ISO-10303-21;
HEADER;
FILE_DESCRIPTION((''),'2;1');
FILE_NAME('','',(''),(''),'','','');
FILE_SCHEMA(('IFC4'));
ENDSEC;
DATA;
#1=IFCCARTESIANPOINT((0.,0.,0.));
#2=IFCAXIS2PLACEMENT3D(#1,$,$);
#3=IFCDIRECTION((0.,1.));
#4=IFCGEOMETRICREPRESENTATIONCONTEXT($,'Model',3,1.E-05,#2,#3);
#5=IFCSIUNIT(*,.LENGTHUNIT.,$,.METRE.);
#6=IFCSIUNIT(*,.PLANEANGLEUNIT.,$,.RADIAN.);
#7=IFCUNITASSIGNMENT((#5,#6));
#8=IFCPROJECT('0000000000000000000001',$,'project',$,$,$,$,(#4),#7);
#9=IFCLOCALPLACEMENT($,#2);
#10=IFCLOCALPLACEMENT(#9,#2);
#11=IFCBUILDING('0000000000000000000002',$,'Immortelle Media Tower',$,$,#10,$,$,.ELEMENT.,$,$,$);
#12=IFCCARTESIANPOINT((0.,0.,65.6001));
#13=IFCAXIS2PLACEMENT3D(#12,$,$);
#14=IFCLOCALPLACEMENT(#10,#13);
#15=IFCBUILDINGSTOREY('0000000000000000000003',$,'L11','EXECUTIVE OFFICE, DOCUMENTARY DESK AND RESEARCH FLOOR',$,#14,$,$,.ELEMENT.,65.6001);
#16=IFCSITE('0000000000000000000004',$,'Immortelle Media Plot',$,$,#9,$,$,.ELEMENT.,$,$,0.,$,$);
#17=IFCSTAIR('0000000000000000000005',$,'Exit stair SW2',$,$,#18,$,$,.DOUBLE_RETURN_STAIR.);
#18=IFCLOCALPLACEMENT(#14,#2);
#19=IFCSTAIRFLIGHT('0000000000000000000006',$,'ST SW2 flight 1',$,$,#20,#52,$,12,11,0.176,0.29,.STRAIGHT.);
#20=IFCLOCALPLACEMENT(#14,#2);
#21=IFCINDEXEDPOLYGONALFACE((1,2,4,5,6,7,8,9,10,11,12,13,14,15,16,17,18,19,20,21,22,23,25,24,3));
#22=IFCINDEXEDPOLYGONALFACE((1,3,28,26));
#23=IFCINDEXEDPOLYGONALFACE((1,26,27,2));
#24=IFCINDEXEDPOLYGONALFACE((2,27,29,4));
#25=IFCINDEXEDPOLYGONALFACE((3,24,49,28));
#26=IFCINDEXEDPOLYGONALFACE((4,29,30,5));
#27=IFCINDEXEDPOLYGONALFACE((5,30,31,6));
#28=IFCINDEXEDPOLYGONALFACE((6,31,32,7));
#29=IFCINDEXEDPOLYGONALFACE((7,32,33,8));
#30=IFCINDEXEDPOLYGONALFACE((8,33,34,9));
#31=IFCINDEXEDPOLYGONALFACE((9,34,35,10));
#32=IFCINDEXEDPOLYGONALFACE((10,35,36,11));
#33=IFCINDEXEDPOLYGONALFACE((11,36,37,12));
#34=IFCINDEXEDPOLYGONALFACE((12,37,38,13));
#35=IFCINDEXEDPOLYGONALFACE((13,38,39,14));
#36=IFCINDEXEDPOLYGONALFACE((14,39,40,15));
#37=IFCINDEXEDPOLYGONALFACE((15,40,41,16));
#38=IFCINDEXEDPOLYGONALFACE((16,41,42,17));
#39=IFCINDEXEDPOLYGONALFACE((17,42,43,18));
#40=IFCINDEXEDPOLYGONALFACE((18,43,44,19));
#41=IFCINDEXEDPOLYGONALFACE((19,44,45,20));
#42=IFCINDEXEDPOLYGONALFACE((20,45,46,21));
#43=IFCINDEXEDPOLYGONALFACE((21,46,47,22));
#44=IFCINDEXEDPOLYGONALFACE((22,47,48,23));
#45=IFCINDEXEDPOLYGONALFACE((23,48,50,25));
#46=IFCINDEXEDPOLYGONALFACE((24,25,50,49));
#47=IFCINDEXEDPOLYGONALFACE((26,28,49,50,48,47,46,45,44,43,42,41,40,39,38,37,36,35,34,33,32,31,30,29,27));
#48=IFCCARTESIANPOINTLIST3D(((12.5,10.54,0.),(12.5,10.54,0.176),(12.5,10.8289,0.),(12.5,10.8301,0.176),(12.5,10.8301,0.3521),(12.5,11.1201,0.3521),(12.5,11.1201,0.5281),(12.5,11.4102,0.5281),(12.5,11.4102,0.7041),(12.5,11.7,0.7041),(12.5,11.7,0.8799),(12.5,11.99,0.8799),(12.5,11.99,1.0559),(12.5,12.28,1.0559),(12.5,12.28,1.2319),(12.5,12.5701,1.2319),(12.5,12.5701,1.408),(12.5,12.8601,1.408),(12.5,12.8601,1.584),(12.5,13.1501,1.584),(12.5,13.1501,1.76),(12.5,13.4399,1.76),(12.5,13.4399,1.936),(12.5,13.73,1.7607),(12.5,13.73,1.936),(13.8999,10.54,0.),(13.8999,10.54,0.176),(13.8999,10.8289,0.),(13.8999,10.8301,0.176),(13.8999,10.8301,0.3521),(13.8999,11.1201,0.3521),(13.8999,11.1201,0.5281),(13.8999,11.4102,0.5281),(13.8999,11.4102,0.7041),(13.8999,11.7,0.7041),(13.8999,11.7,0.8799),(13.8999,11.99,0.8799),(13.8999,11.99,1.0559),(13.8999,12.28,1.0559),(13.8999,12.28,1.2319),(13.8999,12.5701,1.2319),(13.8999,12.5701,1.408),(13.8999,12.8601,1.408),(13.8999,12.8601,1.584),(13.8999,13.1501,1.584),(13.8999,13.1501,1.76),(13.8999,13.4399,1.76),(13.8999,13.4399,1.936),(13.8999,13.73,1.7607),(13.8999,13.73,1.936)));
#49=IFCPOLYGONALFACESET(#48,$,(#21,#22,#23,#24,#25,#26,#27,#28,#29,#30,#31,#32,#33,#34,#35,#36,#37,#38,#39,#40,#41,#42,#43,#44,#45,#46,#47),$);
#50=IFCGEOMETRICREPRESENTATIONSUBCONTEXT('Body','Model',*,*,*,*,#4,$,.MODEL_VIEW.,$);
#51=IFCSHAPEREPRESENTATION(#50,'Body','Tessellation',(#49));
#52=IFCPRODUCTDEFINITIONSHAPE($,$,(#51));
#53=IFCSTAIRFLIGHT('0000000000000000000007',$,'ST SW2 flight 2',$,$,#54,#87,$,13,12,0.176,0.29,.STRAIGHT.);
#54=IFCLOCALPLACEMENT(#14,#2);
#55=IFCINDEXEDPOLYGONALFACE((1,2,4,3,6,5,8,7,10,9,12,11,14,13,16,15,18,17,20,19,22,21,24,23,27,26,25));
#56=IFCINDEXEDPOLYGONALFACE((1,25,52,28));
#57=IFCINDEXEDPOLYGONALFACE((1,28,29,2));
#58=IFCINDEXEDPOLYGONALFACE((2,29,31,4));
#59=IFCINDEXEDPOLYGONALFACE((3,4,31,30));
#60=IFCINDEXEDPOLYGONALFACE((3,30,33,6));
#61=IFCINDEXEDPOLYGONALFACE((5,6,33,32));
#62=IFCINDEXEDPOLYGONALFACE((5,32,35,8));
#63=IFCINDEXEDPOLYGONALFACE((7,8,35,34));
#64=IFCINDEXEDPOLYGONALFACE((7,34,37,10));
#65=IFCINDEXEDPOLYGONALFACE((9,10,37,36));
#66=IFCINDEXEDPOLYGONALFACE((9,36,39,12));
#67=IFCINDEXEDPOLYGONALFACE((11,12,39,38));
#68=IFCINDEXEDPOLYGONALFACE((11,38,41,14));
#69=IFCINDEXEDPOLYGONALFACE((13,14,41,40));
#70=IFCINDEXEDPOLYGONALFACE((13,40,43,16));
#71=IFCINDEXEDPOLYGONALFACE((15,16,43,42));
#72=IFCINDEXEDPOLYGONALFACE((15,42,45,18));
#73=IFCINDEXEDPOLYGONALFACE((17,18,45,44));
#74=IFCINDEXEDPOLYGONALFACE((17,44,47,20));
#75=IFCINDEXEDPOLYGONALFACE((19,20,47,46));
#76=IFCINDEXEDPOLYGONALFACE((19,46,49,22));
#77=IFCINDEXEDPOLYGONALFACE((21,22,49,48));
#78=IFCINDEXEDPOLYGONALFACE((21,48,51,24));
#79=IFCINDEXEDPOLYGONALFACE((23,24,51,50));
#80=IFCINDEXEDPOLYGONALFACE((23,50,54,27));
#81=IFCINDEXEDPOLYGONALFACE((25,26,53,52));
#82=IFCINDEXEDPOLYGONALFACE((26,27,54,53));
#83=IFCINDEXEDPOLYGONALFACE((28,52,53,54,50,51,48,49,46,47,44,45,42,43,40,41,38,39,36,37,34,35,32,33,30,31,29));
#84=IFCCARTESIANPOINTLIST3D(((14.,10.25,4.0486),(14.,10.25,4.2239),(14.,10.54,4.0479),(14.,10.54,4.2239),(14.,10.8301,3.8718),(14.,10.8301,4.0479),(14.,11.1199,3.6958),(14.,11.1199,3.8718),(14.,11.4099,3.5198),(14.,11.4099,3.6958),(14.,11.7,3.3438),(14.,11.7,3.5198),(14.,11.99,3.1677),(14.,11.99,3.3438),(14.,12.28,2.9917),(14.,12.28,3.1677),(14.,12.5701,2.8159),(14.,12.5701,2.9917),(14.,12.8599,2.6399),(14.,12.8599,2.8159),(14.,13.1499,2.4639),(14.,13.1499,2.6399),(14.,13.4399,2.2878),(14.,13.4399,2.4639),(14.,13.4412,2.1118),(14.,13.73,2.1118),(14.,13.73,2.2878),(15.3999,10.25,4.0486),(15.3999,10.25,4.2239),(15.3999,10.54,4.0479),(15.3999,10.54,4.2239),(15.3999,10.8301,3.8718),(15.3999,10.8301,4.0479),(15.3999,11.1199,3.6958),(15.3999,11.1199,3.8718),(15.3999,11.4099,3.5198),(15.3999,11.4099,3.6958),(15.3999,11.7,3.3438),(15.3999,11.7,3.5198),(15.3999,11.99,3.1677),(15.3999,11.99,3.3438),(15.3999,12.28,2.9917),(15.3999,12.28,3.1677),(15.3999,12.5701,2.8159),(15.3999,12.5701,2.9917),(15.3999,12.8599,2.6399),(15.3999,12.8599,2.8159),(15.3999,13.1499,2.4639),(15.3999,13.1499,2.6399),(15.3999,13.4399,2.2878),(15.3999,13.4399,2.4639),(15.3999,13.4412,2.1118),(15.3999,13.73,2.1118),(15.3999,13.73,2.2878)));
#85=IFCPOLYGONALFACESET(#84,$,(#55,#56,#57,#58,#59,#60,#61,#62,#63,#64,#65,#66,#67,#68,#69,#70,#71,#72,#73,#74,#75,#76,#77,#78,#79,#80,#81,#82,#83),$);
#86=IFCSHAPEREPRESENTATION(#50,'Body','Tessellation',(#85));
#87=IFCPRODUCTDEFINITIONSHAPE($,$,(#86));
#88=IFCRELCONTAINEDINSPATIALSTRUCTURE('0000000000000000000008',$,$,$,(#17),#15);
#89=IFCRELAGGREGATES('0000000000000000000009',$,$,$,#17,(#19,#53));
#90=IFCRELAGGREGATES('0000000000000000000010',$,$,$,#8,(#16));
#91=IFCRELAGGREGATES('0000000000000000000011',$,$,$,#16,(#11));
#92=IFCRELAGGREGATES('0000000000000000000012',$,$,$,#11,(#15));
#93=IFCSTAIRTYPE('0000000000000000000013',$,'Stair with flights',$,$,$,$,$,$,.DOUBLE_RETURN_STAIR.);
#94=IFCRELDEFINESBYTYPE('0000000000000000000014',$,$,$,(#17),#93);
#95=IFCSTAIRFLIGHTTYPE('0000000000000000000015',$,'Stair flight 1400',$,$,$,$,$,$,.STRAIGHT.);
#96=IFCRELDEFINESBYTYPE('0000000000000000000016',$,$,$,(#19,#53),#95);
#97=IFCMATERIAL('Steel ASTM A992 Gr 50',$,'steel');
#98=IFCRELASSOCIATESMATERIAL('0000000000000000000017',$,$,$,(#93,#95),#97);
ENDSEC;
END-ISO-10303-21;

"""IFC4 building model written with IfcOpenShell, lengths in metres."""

from ifc_helpers import new_model, si_unit, direction, frame, origin, place, context, subcontext, project, spatial, polyline, outline, extrude, material, type_object, element, aggregate, save


model = new_model("IFC4")

# Units and contexts
model_context = context("Model", 3, precision=1e-05, world=origin(), true_north=direction((0.0, 1.0)))
body_context = subcontext(model_context, "Body", "Model", "MODEL_VIEW")
ifc_project = project(units=[si_unit("LENGTHUNIT", "METRE"), si_unit("PLANEANGLEUNIT", "RADIAN")], contexts=[model_context])

# Site, building, storey
site_placement = place(None, origin())
site = spatial("IfcSite", under=ifc_project, at=site_placement, Name="Immortelle Media Plot", CompositionType="ELEMENT", RefElevation=0.0)
building_placement = place(site_placement, origin())
building = spatial("IfcBuilding", under=site, at=building_placement, Name="Immortelle Media Tower", CompositionType="ELEMENT")
storey_placement = place(building_placement, frame((0.0, 0.0, 65.6001)))
storey = spatial("IfcBuildingStorey", under=building, at=storey_placement, Name="L11", Description="EXECUTIVE OFFICE, DOCUMENTARY DESK AND RESEARCH FLOOR", CompositionType="ELEMENT", Elevation=65.6001)

# Shared definitions
ifc_material_1 = material(Name="Steel ASTM A992 Gr 50", Category="steel")

# Stair, stair flights
stair_type = type_object("IfcStairType", Name="Stair with flights", PredefinedType="DOUBLE_RETURN_STAIR", material=ifc_material_1)
stair_flight_type = type_object("IfcStairFlightType", Name="Stair flight 1400", PredefinedType="STRAIGHT", material=ifc_material_1)
stair_1_placement = place(storey_placement, origin())
stair_1 = element("IfcStair", 1, at=stair_1_placement, inside=storey, type_object=stair_type, Name="Exit stair SW2", PredefinedType="DOUBLE_RETURN_STAIR")
stair_flight_1_placement = place(storey_placement, frame((13.2, 10.54, 0.0), z_axis=(0.0, 0.0, 1.0), x_axis=(0.0, 1.0, 0.0)))
stair_flight_1 = element("IfcStairFlight", 2, at=stair_flight_1_placement, type_object=stair_flight_type, Name="ST SW2 flight 1", NumberOfRisers=12, NumberOfTreads=11, PredefinedType="STRAIGHT", RiserHeight=0.176, TreadLength=0.29, context=body_context, shape_type="SweptSolid", body=[
    extrude(outline(polyline([(0.0, 0.0), (0.0, 0.176), (0.29, 0.176), (0.29, 0.3521), (0.5801, 0.3521), (0.5801, 0.5281), (0.8701, 0.5281), (0.8701, 0.7041), (1.1599, 0.7041), (1.1599, 0.8799), (1.45, 0.8799), (1.45, 1.0559), (1.74, 1.0559), (1.74, 1.2319), (2.03, 1.2319), (2.03, 1.408), (2.3201, 1.408), (2.3201, 1.584), (2.6101, 1.584), (2.6101, 1.76), (2.8999, 1.76), (2.8999, 1.936), (3.1899, 1.936), (3.1899, 2.1121), (3.1899, 1.7607), (0.2888, 0.0), (0.0, 0.0)])), frame((0.0, 0.7, 0.0), z_axis=(0.0, -1.0, 0.0), x_axis=(1.0, 0.0, 0.0)), (0.0, 0.0, 1.0), 1.3999),
])
stair_flight_2_placement = place(storey_placement, frame((14.7, 13.73, 2.1118), z_axis=(0.0, 0.0, 1.0), x_axis=(0.0, -1.0, 0.0)))
stair_flight_2 = element("IfcStairFlight", 3, at=stair_flight_2_placement, type_object=stair_flight_type, Name="ST SW2 flight 2", NumberOfRisers=13, NumberOfTreads=12, PredefinedType="STRAIGHT", RiserHeight=0.176, TreadLength=0.29, context=body_context, shape_type="SweptSolid", body=[
    extrude(outline(polyline([(0.0, 0.0), (0.0, 0.176), (0.29, 0.176), (0.29, 0.3521), (0.5801, 0.3521), (0.5801, 0.5281), (0.8701, 0.5281), (0.8701, 0.7041), (1.1599, 0.7041), (1.1599, 0.8799), (1.45, 0.8799), (1.45, 1.0559), (1.74, 1.0559), (1.74, 1.2319), (2.03, 1.2319), (2.03, 1.408), (2.3201, 1.408), (2.3201, 1.584), (2.6101, 1.584), (2.6101, 1.76), (2.8999, 1.76), (2.8999, 1.936), (3.1899, 1.936), (3.1899, 2.1121), (3.48, 2.1121), (3.48, 2.2881), (3.48, 1.9368), (0.2888, 0.0), (0.0, 0.0)])), frame((0.0, 0.7, 0.0), z_axis=(0.0, -1.0, 0.0), x_axis=(1.0, 0.0, 0.0)), (0.0, 0.0, 1.0), 1.3999),
])
aggregate(stair_1, [stair_flight_1, stair_flight_2])

save(model, "model.ifc")
